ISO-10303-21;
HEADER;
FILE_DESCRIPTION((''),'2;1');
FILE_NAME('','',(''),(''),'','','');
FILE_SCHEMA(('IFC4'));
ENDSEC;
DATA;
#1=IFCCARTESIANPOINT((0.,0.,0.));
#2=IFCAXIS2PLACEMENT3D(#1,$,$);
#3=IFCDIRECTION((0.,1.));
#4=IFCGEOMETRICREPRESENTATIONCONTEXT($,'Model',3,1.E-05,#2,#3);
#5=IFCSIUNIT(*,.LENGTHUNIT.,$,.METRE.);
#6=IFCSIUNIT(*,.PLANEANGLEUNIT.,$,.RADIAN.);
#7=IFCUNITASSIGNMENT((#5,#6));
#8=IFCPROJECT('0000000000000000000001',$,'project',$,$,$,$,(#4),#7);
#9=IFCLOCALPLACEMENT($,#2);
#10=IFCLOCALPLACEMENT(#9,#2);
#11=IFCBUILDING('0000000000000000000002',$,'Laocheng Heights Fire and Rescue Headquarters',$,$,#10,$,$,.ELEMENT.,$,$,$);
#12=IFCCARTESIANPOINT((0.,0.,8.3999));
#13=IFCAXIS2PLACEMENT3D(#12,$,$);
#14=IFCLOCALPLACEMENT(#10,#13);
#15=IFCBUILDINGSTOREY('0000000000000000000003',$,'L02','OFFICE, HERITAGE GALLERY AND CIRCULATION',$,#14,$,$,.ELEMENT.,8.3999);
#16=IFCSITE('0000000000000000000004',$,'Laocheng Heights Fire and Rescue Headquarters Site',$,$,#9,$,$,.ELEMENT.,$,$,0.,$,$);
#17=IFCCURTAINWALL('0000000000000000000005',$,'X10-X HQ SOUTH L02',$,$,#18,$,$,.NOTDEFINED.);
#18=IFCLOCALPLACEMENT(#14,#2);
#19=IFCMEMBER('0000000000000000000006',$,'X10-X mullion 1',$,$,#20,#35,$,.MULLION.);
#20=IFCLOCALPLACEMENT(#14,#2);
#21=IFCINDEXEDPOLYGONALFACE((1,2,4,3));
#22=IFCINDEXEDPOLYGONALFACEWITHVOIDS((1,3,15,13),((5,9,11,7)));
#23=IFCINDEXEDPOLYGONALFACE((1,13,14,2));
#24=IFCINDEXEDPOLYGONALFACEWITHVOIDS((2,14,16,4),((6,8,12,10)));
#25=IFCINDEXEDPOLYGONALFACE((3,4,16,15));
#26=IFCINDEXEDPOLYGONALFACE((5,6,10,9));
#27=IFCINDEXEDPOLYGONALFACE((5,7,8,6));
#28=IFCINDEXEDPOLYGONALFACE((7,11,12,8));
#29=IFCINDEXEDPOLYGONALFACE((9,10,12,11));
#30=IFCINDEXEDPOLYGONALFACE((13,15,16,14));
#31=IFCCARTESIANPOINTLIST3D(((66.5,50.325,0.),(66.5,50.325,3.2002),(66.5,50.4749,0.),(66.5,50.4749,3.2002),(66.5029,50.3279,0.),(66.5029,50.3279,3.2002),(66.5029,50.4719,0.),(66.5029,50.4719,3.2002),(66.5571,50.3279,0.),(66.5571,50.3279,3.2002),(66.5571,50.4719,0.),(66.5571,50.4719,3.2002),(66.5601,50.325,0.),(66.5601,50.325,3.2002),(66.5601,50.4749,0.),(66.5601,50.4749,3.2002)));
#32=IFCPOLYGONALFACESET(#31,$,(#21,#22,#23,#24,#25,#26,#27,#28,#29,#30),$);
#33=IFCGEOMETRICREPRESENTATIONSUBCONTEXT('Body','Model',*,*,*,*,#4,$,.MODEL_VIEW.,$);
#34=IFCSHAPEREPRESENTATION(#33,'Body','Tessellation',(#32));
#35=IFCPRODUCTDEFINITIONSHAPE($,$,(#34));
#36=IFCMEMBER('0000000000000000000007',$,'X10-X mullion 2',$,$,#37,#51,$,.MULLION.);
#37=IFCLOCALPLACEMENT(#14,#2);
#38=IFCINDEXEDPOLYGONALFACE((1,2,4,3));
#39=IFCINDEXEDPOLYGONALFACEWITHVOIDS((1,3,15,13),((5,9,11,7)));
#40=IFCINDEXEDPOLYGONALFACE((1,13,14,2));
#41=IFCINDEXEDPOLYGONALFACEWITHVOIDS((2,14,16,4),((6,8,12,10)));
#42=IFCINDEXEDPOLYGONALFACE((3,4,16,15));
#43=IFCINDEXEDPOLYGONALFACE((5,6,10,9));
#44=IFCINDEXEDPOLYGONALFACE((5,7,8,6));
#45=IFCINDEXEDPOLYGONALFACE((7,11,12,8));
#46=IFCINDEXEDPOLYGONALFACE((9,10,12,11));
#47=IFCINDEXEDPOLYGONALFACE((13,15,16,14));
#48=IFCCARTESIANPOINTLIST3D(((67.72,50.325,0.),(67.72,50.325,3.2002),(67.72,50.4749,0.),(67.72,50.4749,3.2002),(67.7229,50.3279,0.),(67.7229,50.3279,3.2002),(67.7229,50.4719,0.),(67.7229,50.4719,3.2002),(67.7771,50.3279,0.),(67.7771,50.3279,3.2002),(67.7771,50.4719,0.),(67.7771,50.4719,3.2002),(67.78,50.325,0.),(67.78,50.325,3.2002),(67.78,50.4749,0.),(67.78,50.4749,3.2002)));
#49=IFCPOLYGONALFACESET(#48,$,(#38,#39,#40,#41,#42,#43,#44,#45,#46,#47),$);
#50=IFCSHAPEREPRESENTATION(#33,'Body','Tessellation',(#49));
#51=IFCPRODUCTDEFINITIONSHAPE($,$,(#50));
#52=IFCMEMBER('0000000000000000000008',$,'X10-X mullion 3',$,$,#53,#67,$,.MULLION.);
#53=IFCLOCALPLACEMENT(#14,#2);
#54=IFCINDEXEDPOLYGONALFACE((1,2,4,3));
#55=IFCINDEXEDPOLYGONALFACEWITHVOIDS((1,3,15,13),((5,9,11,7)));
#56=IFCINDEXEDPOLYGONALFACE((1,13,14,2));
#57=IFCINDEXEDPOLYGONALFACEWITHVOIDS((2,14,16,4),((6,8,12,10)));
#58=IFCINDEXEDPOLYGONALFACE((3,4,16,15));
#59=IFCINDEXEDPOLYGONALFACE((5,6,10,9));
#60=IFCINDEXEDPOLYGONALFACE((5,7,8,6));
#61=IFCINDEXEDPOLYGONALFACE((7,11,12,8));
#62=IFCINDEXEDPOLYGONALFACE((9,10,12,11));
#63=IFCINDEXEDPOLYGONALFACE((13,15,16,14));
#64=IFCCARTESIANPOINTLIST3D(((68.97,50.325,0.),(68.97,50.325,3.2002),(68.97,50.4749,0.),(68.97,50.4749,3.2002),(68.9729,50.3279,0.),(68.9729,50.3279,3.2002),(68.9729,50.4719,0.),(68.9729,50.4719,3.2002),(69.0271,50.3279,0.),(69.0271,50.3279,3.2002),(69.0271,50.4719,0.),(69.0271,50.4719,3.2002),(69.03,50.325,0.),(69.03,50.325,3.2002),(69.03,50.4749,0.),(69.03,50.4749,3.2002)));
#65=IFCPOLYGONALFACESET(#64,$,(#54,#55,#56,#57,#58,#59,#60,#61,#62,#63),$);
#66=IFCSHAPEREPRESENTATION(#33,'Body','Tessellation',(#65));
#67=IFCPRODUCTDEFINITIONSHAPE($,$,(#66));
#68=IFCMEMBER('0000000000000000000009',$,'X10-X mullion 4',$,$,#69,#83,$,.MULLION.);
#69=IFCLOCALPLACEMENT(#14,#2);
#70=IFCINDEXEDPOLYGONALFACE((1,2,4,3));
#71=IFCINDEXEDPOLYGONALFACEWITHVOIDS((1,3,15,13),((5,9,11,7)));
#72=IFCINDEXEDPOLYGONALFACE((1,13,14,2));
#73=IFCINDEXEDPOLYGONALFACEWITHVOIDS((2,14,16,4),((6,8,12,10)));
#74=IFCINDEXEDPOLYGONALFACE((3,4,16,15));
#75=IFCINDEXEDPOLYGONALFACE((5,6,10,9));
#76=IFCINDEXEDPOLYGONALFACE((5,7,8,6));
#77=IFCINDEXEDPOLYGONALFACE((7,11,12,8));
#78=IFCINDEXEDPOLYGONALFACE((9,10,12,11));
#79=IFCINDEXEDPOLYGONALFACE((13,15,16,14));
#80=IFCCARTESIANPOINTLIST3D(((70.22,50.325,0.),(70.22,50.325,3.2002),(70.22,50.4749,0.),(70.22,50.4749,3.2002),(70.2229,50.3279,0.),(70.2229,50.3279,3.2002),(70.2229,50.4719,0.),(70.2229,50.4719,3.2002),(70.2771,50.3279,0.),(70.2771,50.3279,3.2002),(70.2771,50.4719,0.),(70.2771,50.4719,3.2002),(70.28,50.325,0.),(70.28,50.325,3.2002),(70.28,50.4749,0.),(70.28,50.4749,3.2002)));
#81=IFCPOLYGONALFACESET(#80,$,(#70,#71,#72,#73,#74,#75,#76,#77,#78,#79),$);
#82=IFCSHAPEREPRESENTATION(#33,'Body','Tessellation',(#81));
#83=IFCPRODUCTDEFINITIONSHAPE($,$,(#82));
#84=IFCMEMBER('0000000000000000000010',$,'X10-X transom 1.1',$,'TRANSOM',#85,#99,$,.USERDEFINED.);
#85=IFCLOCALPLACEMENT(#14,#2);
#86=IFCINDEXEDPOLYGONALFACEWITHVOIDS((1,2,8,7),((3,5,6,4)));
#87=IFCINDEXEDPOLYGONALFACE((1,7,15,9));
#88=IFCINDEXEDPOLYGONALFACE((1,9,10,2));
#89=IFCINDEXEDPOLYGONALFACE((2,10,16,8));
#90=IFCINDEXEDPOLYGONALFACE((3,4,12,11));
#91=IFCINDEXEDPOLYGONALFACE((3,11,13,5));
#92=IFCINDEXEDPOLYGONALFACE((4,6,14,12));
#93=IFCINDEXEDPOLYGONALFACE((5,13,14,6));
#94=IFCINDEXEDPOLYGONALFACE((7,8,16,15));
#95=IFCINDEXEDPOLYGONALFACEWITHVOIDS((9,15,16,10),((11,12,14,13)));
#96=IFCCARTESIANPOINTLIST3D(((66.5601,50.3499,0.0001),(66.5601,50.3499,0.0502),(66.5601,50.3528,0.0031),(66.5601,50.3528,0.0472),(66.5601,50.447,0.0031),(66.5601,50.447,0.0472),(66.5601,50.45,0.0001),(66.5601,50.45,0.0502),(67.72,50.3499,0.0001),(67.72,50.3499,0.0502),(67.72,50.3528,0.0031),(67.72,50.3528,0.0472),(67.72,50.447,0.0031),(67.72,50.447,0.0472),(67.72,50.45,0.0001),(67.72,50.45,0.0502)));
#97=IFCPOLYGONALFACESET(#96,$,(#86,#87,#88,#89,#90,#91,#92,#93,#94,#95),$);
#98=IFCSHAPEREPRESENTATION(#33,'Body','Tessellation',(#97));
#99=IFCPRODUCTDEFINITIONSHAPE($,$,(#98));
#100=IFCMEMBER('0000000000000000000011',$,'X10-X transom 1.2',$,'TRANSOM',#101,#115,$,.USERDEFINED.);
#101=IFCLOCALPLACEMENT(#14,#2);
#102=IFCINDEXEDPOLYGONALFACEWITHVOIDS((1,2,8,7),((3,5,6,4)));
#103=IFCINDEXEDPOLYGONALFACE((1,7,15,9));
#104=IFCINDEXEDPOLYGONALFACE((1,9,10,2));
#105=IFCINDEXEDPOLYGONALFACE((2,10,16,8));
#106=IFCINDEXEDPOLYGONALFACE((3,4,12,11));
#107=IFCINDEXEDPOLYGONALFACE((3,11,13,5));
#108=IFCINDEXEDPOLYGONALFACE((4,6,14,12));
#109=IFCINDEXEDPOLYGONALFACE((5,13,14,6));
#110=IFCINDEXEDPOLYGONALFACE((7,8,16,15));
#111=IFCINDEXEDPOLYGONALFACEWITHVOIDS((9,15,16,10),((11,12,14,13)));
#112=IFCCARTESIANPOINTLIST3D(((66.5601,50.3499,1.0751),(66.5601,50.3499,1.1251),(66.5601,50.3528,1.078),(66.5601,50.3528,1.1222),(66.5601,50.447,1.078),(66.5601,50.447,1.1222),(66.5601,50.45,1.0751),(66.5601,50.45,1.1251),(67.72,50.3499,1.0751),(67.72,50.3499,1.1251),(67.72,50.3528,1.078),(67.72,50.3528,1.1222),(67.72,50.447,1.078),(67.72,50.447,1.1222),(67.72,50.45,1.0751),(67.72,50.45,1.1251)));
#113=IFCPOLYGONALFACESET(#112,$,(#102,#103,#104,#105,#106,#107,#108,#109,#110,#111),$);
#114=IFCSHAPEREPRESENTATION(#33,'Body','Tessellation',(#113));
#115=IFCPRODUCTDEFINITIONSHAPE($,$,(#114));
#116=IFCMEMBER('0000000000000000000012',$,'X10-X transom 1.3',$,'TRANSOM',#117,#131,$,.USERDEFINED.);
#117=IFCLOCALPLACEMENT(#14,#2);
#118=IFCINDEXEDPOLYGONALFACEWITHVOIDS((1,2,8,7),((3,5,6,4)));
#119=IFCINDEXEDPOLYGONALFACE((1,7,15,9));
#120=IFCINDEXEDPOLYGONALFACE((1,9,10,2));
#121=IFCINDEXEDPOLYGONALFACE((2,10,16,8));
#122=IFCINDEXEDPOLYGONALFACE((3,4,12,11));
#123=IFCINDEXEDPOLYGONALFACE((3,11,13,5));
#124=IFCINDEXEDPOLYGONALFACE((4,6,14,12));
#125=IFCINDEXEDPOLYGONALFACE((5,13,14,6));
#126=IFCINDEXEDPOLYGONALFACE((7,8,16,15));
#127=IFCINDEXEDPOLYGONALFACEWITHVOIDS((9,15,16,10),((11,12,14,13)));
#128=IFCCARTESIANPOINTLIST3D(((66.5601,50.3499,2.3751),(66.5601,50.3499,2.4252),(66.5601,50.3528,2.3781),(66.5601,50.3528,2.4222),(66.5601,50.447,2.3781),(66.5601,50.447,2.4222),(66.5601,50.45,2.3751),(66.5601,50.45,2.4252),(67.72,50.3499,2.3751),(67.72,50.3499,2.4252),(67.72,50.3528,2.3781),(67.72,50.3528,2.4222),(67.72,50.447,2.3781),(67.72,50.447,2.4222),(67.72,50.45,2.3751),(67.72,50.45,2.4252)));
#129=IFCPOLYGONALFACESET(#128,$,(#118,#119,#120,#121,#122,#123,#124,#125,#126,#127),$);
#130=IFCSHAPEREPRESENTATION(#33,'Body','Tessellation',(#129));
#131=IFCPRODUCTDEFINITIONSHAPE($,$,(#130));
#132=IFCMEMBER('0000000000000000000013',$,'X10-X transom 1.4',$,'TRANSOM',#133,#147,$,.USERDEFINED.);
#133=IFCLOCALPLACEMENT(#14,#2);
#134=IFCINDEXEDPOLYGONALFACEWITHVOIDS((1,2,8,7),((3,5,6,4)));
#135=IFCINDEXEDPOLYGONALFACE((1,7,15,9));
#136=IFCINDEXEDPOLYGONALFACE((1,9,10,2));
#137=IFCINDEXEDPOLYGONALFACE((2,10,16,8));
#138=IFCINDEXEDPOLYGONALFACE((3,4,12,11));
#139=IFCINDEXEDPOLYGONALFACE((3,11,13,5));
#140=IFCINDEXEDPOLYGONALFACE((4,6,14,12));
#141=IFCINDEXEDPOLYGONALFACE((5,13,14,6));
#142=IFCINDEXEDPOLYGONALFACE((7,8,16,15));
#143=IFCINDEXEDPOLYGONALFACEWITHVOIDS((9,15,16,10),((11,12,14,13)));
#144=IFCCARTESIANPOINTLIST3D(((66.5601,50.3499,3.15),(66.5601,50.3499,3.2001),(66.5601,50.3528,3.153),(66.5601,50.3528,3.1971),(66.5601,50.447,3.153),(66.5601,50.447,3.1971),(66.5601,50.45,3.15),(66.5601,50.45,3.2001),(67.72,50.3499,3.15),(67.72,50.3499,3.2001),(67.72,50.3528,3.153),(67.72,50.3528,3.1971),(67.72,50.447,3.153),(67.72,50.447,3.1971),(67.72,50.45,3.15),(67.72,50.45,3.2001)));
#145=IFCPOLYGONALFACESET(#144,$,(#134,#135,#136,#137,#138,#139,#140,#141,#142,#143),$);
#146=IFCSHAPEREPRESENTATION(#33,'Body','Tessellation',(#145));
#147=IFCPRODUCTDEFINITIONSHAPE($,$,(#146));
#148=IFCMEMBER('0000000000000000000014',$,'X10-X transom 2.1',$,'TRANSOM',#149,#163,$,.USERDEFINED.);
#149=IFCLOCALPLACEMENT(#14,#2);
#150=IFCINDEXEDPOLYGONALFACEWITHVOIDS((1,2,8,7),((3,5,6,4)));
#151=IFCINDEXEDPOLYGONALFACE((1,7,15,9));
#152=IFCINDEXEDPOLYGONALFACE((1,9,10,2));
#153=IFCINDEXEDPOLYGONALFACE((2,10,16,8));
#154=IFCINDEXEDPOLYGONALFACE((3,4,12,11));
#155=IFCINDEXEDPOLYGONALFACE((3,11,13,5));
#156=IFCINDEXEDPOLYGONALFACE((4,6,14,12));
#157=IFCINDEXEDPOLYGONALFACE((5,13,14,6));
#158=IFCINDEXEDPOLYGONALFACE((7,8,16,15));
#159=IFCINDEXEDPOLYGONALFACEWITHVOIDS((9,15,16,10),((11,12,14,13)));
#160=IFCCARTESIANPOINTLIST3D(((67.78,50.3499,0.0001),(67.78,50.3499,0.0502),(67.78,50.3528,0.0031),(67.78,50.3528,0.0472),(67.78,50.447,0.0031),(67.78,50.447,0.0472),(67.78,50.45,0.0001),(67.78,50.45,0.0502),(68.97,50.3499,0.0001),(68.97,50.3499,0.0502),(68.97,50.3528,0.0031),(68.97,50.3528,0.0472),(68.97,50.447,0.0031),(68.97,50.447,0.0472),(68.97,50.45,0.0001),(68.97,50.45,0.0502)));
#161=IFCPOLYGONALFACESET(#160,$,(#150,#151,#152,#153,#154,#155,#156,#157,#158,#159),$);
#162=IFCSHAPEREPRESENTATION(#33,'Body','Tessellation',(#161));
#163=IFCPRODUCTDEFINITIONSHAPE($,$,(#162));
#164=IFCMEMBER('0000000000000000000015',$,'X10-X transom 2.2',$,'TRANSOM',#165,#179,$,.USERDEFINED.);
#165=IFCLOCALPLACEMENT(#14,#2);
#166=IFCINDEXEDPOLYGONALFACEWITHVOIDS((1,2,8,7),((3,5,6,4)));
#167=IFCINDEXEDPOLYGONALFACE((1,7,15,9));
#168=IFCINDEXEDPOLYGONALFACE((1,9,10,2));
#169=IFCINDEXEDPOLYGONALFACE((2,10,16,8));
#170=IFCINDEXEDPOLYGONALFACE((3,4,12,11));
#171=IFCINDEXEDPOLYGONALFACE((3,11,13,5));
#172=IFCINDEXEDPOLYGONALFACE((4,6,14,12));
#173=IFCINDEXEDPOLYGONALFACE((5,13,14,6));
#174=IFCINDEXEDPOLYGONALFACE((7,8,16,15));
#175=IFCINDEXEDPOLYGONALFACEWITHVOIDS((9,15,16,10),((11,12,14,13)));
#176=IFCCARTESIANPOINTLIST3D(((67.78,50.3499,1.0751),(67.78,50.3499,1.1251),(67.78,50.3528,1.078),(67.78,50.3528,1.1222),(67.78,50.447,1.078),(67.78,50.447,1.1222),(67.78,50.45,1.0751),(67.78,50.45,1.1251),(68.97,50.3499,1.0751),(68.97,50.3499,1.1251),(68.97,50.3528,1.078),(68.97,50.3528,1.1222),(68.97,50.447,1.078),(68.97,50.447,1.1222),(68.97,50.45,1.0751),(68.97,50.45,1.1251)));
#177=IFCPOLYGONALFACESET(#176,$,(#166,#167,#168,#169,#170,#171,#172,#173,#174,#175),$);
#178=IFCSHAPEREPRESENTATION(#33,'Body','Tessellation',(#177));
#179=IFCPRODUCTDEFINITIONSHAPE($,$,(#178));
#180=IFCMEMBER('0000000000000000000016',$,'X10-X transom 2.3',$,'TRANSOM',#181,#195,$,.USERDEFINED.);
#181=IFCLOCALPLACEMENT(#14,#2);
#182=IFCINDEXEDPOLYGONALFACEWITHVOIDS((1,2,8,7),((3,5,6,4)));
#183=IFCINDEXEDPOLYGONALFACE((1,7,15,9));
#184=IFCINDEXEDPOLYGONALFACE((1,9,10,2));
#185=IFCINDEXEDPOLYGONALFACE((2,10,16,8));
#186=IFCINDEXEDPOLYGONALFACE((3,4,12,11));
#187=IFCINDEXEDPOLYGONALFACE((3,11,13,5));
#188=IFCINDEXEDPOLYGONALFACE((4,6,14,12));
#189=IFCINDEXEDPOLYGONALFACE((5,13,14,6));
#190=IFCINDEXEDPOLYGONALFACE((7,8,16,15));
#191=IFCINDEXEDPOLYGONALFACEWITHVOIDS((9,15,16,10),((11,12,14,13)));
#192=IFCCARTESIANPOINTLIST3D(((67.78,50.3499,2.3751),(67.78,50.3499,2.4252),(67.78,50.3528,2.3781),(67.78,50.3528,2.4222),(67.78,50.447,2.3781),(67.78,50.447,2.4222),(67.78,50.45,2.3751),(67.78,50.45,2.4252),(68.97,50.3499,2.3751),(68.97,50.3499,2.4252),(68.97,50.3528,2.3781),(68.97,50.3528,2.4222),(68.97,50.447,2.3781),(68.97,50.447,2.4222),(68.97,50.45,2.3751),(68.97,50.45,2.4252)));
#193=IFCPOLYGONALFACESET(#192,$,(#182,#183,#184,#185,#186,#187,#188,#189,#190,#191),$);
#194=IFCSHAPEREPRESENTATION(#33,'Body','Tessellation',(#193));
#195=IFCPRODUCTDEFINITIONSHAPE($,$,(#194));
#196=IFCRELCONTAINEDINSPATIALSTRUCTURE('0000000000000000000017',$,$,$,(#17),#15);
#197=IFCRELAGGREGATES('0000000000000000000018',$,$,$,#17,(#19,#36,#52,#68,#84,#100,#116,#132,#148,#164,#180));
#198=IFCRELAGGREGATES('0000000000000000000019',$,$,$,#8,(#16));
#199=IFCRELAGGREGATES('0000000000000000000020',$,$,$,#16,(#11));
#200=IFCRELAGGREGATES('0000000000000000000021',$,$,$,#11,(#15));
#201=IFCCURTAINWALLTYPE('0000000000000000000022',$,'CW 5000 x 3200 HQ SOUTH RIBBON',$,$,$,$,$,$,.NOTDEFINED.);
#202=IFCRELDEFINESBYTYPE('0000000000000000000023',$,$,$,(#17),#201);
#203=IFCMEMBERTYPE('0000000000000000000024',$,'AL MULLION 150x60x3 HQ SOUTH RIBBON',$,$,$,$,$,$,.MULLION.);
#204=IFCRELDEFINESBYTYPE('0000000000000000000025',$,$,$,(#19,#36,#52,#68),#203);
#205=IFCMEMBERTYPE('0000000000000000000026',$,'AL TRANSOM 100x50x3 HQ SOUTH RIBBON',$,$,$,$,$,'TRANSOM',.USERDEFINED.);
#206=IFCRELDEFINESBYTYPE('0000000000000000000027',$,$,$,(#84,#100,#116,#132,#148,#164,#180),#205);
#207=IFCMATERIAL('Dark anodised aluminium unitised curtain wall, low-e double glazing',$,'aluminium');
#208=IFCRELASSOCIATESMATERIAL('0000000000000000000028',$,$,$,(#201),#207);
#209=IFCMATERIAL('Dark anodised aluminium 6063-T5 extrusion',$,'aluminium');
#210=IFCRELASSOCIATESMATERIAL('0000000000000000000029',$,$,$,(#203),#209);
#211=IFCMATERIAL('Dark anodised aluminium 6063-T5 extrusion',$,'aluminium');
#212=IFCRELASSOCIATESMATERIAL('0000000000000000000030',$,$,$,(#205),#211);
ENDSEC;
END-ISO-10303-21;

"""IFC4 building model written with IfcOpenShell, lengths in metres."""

from ifc_helpers import new_model, si_unit, direction, frame, origin, origin_2d, place, context, subcontext, project, spatial, hollow_rectangle, extrude, material, material_profile, profile_set, type_object, element, aggregate, save


model = new_model("IFC4")

# Units and contexts
model_context = context("Model", 3, precision=1e-05, world=origin(), true_north=direction((0.0, 1.0)))
body_context = subcontext(model_context, "Body", "Model", "MODEL_VIEW")
ifc_project = project(units=[si_unit("LENGTHUNIT", "METRE"), si_unit("PLANEANGLEUNIT", "RADIAN")], contexts=[model_context])

# Site, building, storey
site_placement = place(None, origin())
site = spatial("IfcSite", under=ifc_project, at=site_placement, Name="Laocheng Heights Fire and Rescue Headquarters Site", CompositionType="ELEMENT", RefElevation=0.0)
building_placement = place(site_placement, origin())
building = spatial("IfcBuilding", under=site, at=building_placement, Name="Laocheng Heights Fire and Rescue Headquarters", CompositionType="ELEMENT")
storey_placement = place(building_placement, frame((0.0, 0.0, 8.3999)))
storey = spatial("IfcBuildingStorey", under=building, at=storey_placement, Name="L02", Description="OFFICE, HERITAGE GALLERY AND CIRCULATION", CompositionType="ELEMENT", Elevation=8.3999)

# Curtain wall, members
ifc_material_1 = material(Name="Dark anodised aluminium unitised curtain wall, low-e double glazing", Category="aluminium")
curtain_wall_type = type_object("IfcCurtainWallType", Name="CW 5000 x 3200 HQ SOUTH RIBBON", PredefinedType="NOTDEFINED", material=ifc_material_1)
curtain_wall_placement = place(storey_placement, origin())
curtain_wall = element("IfcCurtainWall", 1, at=curtain_wall_placement, inside=storey, type_object=curtain_wall_type, Name="X10-X HQ SOUTH L02", PredefinedType="NOTDEFINED")
ifc_material_2 = material(Name="Dark anodised aluminium 6063-T5 extrusion", Category="aluminium")
ifc_material_profile_1 = material_profile(ifc_material_2, hollow_rectangle(XDim=0.1499, YDim=0.0601, WallThickness=0.0029, at=origin_2d()), Name="AL MULLION 150x60x3 HQ SOUTH RIBBON")
ifc_profile_set_1 = profile_set([ifc_material_profile_1], Name="Dark anodised aluminium 6063-T5 extrusion")
member_type_1 = type_object("IfcMemberType", Name="AL MULLION 150x60x3 HQ SOUTH RIBBON", PredefinedType="MULLION", material=ifc_profile_set_1)
member_1_placement = place(storey_placement, frame((66.53, 50.3999, 0.0), z_axis=(0.0, 0.0, 1.0), x_axis=(0.0, 1.0, 0.0)))
member_1 = element("IfcMember", 2, at=member_1_placement, type_object=member_type_1, Name="X10-X mullion 1", PredefinedType="MULLION", context=body_context, shape_type="SweptSolid", body=[
    extrude(hollow_rectangle(XDim=0.1499, YDim=0.0601, WallThickness=0.0029, at=origin_2d()), origin(), (0.0, 0.0, 1.0), 3.2002),
])
member_2_placement = place(storey_placement, frame((67.75, 50.3999, 0.0), z_axis=(0.0, 0.0, 1.0), x_axis=(0.0, 1.0, 0.0)))
member_2 = element("IfcMember", 3, at=member_2_placement, type_object=member_type_1, Name="X10-X mullion 2", PredefinedType="MULLION", context=body_context, shape_type="SweptSolid", body=[
    extrude(hollow_rectangle(XDim=0.1499, YDim=0.0601, WallThickness=0.0029, at=origin_2d()), origin(), (0.0, 0.0, 1.0), 3.2002),
])
member_3_placement = place(storey_placement, frame((69.0, 50.3999, 0.0), z_axis=(0.0, 0.0, 1.0), x_axis=(0.0, 1.0, 0.0)))
member_3 = element("IfcMember", 4, at=member_3_placement, type_object=member_type_1, Name="X10-X mullion 3", PredefinedType="MULLION", context=body_context, shape_type="SweptSolid", body=[
    extrude(hollow_rectangle(XDim=0.1499, YDim=0.0601, WallThickness=0.0029, at=origin_2d()), origin(), (0.0, 0.0, 1.0), 3.2002),
])
member_4_placement = place(storey_placement, frame((70.25, 50.3999, 0.0), z_axis=(0.0, 0.0, 1.0), x_axis=(0.0, 1.0, 0.0)))
member_4 = element("IfcMember", 5, at=member_4_placement, type_object=member_type_1, Name="X10-X mullion 4", PredefinedType="MULLION", context=body_context, shape_type="SweptSolid", body=[
    extrude(hollow_rectangle(XDim=0.1499, YDim=0.0601, WallThickness=0.0029, at=origin_2d()), origin(), (0.0, 0.0, 1.0), 3.2002),
])
ifc_material_3 = material(Name="Dark anodised aluminium 6063-T5 extrusion", Category="aluminium")
ifc_material_profile_2 = material_profile(ifc_material_3, hollow_rectangle(XDim=0.1001, YDim=0.05, WallThickness=0.0029, at=origin_2d()), Name="AL TRANSOM 100x50x3 HQ SOUTH RIBBON")
ifc_profile_set_2 = profile_set([ifc_material_profile_2], Name="Dark anodised aluminium 6063-T5 extrusion")
member_type_2 = type_object("IfcMemberType", Name="AL TRANSOM 100x50x3 HQ SOUTH RIBBON", ElementType="TRANSOM", PredefinedType="USERDEFINED", material=ifc_profile_set_2)
member_5_placement = place(storey_placement, frame((66.5601, 50.3999, 0.0251), z_axis=(1.0, 0.0, 0.0), x_axis=(0.0, 1.0, 0.0)))
member_5 = element("IfcMember", 6, at=member_5_placement, type_object=member_type_2, Name="X10-X transom 1.1", ObjectType="TRANSOM", PredefinedType="USERDEFINED", context=body_context, shape_type="SweptSolid", body=[
    extrude(hollow_rectangle(XDim=0.1001, YDim=0.05, WallThickness=0.0029, at=origin_2d()), origin(), (0.0, 0.0, 1.0), 1.1599),
])
member_6_placement = place(storey_placement, frame((66.5601, 50.3999, 1.1001), z_axis=(1.0, 0.0, 0.0), x_axis=(0.0, 1.0, 0.0)))
member_6 = element("IfcMember", 7, at=member_6_placement, type_object=member_type_2, Name="X10-X transom 1.2", ObjectType="TRANSOM", PredefinedType="USERDEFINED", context=body_context, shape_type="SweptSolid", body=[
    extrude(hollow_rectangle(XDim=0.1001, YDim=0.05, WallThickness=0.0029, at=origin_2d()), origin(), (0.0, 0.0, 1.0), 1.1599),
])
member_7_placement = place(storey_placement, frame((66.5601, 50.3999, 2.4001), z_axis=(1.0, 0.0, 0.0), x_axis=(0.0, 1.0, 0.0)))
member_7 = element("IfcMember", 8, at=member_7_placement, type_object=member_type_2, Name="X10-X transom 1.3", ObjectType="TRANSOM", PredefinedType="USERDEFINED", context=body_context, shape_type="SweptSolid", body=[
    extrude(hollow_rectangle(XDim=0.1001, YDim=0.05, WallThickness=0.0029, at=origin_2d()), origin(), (0.0, 0.0, 1.0), 1.1599),
])
member_8_placement = place(storey_placement, frame((66.5601, 50.3999, 3.175), z_axis=(1.0, 0.0, 0.0), x_axis=(0.0, 1.0, 0.0)))
member_8 = element("IfcMember", 9, at=member_8_placement, type_object=member_type_2, Name="X10-X transom 1.4", ObjectType="TRANSOM", PredefinedType="USERDEFINED", context=body_context, shape_type="SweptSolid", body=[
    extrude(hollow_rectangle(XDim=0.1001, YDim=0.05, WallThickness=0.0029, at=origin_2d()), origin(), (0.0, 0.0, 1.0), 1.1599),
])
member_9_placement = place(storey_placement, frame((67.78, 50.3999, 0.0251), z_axis=(1.0, 0.0, 0.0), x_axis=(0.0, 1.0, 0.0)))
member_9 = element("IfcMember", 10, at=member_9_placement, type_object=member_type_2, Name="X10-X transom 2.1", ObjectType="TRANSOM", PredefinedType="USERDEFINED", context=body_context, shape_type="SweptSolid", body=[
    extrude(hollow_rectangle(XDim=0.1001, YDim=0.05, WallThickness=0.0029, at=origin_2d()), origin(), (0.0, 0.0, 1.0), 1.1899),
])
member_10_placement = place(storey_placement, frame((67.78, 50.3999, 1.1001), z_axis=(1.0, 0.0, 0.0), x_axis=(0.0, 1.0, 0.0)))
member_10 = element("IfcMember", 11, at=member_10_placement, type_object=member_type_2, Name="X10-X transom 2.2", ObjectType="TRANSOM", PredefinedType="USERDEFINED", context=body_context, shape_type="SweptSolid", body=[
    extrude(hollow_rectangle(XDim=0.1001, YDim=0.05, WallThickness=0.0029, at=origin_2d()), origin(), (0.0, 0.0, 1.0), 1.1899),
])
member_11_placement = place(storey_placement, frame((67.78, 50.3999, 2.4001), z_axis=(1.0, 0.0, 0.0), x_axis=(0.0, 1.0, 0.0)))
member_11 = element("IfcMember", 12, at=member_11_placement, type_object=member_type_2, Name="X10-X transom 2.3", ObjectType="TRANSOM", PredefinedType="USERDEFINED", context=body_context, shape_type="SweptSolid", body=[
    extrude(hollow_rectangle(XDim=0.1001, YDim=0.05, WallThickness=0.0029, at=origin_2d()), origin(), (0.0, 0.0, 1.0), 1.1899),
])
aggregate(curtain_wall, [member_1, member_2, member_3, member_4, member_5, member_6, member_7, member_8, member_9, member_10, member_11])

save(model, "model.ifc")
